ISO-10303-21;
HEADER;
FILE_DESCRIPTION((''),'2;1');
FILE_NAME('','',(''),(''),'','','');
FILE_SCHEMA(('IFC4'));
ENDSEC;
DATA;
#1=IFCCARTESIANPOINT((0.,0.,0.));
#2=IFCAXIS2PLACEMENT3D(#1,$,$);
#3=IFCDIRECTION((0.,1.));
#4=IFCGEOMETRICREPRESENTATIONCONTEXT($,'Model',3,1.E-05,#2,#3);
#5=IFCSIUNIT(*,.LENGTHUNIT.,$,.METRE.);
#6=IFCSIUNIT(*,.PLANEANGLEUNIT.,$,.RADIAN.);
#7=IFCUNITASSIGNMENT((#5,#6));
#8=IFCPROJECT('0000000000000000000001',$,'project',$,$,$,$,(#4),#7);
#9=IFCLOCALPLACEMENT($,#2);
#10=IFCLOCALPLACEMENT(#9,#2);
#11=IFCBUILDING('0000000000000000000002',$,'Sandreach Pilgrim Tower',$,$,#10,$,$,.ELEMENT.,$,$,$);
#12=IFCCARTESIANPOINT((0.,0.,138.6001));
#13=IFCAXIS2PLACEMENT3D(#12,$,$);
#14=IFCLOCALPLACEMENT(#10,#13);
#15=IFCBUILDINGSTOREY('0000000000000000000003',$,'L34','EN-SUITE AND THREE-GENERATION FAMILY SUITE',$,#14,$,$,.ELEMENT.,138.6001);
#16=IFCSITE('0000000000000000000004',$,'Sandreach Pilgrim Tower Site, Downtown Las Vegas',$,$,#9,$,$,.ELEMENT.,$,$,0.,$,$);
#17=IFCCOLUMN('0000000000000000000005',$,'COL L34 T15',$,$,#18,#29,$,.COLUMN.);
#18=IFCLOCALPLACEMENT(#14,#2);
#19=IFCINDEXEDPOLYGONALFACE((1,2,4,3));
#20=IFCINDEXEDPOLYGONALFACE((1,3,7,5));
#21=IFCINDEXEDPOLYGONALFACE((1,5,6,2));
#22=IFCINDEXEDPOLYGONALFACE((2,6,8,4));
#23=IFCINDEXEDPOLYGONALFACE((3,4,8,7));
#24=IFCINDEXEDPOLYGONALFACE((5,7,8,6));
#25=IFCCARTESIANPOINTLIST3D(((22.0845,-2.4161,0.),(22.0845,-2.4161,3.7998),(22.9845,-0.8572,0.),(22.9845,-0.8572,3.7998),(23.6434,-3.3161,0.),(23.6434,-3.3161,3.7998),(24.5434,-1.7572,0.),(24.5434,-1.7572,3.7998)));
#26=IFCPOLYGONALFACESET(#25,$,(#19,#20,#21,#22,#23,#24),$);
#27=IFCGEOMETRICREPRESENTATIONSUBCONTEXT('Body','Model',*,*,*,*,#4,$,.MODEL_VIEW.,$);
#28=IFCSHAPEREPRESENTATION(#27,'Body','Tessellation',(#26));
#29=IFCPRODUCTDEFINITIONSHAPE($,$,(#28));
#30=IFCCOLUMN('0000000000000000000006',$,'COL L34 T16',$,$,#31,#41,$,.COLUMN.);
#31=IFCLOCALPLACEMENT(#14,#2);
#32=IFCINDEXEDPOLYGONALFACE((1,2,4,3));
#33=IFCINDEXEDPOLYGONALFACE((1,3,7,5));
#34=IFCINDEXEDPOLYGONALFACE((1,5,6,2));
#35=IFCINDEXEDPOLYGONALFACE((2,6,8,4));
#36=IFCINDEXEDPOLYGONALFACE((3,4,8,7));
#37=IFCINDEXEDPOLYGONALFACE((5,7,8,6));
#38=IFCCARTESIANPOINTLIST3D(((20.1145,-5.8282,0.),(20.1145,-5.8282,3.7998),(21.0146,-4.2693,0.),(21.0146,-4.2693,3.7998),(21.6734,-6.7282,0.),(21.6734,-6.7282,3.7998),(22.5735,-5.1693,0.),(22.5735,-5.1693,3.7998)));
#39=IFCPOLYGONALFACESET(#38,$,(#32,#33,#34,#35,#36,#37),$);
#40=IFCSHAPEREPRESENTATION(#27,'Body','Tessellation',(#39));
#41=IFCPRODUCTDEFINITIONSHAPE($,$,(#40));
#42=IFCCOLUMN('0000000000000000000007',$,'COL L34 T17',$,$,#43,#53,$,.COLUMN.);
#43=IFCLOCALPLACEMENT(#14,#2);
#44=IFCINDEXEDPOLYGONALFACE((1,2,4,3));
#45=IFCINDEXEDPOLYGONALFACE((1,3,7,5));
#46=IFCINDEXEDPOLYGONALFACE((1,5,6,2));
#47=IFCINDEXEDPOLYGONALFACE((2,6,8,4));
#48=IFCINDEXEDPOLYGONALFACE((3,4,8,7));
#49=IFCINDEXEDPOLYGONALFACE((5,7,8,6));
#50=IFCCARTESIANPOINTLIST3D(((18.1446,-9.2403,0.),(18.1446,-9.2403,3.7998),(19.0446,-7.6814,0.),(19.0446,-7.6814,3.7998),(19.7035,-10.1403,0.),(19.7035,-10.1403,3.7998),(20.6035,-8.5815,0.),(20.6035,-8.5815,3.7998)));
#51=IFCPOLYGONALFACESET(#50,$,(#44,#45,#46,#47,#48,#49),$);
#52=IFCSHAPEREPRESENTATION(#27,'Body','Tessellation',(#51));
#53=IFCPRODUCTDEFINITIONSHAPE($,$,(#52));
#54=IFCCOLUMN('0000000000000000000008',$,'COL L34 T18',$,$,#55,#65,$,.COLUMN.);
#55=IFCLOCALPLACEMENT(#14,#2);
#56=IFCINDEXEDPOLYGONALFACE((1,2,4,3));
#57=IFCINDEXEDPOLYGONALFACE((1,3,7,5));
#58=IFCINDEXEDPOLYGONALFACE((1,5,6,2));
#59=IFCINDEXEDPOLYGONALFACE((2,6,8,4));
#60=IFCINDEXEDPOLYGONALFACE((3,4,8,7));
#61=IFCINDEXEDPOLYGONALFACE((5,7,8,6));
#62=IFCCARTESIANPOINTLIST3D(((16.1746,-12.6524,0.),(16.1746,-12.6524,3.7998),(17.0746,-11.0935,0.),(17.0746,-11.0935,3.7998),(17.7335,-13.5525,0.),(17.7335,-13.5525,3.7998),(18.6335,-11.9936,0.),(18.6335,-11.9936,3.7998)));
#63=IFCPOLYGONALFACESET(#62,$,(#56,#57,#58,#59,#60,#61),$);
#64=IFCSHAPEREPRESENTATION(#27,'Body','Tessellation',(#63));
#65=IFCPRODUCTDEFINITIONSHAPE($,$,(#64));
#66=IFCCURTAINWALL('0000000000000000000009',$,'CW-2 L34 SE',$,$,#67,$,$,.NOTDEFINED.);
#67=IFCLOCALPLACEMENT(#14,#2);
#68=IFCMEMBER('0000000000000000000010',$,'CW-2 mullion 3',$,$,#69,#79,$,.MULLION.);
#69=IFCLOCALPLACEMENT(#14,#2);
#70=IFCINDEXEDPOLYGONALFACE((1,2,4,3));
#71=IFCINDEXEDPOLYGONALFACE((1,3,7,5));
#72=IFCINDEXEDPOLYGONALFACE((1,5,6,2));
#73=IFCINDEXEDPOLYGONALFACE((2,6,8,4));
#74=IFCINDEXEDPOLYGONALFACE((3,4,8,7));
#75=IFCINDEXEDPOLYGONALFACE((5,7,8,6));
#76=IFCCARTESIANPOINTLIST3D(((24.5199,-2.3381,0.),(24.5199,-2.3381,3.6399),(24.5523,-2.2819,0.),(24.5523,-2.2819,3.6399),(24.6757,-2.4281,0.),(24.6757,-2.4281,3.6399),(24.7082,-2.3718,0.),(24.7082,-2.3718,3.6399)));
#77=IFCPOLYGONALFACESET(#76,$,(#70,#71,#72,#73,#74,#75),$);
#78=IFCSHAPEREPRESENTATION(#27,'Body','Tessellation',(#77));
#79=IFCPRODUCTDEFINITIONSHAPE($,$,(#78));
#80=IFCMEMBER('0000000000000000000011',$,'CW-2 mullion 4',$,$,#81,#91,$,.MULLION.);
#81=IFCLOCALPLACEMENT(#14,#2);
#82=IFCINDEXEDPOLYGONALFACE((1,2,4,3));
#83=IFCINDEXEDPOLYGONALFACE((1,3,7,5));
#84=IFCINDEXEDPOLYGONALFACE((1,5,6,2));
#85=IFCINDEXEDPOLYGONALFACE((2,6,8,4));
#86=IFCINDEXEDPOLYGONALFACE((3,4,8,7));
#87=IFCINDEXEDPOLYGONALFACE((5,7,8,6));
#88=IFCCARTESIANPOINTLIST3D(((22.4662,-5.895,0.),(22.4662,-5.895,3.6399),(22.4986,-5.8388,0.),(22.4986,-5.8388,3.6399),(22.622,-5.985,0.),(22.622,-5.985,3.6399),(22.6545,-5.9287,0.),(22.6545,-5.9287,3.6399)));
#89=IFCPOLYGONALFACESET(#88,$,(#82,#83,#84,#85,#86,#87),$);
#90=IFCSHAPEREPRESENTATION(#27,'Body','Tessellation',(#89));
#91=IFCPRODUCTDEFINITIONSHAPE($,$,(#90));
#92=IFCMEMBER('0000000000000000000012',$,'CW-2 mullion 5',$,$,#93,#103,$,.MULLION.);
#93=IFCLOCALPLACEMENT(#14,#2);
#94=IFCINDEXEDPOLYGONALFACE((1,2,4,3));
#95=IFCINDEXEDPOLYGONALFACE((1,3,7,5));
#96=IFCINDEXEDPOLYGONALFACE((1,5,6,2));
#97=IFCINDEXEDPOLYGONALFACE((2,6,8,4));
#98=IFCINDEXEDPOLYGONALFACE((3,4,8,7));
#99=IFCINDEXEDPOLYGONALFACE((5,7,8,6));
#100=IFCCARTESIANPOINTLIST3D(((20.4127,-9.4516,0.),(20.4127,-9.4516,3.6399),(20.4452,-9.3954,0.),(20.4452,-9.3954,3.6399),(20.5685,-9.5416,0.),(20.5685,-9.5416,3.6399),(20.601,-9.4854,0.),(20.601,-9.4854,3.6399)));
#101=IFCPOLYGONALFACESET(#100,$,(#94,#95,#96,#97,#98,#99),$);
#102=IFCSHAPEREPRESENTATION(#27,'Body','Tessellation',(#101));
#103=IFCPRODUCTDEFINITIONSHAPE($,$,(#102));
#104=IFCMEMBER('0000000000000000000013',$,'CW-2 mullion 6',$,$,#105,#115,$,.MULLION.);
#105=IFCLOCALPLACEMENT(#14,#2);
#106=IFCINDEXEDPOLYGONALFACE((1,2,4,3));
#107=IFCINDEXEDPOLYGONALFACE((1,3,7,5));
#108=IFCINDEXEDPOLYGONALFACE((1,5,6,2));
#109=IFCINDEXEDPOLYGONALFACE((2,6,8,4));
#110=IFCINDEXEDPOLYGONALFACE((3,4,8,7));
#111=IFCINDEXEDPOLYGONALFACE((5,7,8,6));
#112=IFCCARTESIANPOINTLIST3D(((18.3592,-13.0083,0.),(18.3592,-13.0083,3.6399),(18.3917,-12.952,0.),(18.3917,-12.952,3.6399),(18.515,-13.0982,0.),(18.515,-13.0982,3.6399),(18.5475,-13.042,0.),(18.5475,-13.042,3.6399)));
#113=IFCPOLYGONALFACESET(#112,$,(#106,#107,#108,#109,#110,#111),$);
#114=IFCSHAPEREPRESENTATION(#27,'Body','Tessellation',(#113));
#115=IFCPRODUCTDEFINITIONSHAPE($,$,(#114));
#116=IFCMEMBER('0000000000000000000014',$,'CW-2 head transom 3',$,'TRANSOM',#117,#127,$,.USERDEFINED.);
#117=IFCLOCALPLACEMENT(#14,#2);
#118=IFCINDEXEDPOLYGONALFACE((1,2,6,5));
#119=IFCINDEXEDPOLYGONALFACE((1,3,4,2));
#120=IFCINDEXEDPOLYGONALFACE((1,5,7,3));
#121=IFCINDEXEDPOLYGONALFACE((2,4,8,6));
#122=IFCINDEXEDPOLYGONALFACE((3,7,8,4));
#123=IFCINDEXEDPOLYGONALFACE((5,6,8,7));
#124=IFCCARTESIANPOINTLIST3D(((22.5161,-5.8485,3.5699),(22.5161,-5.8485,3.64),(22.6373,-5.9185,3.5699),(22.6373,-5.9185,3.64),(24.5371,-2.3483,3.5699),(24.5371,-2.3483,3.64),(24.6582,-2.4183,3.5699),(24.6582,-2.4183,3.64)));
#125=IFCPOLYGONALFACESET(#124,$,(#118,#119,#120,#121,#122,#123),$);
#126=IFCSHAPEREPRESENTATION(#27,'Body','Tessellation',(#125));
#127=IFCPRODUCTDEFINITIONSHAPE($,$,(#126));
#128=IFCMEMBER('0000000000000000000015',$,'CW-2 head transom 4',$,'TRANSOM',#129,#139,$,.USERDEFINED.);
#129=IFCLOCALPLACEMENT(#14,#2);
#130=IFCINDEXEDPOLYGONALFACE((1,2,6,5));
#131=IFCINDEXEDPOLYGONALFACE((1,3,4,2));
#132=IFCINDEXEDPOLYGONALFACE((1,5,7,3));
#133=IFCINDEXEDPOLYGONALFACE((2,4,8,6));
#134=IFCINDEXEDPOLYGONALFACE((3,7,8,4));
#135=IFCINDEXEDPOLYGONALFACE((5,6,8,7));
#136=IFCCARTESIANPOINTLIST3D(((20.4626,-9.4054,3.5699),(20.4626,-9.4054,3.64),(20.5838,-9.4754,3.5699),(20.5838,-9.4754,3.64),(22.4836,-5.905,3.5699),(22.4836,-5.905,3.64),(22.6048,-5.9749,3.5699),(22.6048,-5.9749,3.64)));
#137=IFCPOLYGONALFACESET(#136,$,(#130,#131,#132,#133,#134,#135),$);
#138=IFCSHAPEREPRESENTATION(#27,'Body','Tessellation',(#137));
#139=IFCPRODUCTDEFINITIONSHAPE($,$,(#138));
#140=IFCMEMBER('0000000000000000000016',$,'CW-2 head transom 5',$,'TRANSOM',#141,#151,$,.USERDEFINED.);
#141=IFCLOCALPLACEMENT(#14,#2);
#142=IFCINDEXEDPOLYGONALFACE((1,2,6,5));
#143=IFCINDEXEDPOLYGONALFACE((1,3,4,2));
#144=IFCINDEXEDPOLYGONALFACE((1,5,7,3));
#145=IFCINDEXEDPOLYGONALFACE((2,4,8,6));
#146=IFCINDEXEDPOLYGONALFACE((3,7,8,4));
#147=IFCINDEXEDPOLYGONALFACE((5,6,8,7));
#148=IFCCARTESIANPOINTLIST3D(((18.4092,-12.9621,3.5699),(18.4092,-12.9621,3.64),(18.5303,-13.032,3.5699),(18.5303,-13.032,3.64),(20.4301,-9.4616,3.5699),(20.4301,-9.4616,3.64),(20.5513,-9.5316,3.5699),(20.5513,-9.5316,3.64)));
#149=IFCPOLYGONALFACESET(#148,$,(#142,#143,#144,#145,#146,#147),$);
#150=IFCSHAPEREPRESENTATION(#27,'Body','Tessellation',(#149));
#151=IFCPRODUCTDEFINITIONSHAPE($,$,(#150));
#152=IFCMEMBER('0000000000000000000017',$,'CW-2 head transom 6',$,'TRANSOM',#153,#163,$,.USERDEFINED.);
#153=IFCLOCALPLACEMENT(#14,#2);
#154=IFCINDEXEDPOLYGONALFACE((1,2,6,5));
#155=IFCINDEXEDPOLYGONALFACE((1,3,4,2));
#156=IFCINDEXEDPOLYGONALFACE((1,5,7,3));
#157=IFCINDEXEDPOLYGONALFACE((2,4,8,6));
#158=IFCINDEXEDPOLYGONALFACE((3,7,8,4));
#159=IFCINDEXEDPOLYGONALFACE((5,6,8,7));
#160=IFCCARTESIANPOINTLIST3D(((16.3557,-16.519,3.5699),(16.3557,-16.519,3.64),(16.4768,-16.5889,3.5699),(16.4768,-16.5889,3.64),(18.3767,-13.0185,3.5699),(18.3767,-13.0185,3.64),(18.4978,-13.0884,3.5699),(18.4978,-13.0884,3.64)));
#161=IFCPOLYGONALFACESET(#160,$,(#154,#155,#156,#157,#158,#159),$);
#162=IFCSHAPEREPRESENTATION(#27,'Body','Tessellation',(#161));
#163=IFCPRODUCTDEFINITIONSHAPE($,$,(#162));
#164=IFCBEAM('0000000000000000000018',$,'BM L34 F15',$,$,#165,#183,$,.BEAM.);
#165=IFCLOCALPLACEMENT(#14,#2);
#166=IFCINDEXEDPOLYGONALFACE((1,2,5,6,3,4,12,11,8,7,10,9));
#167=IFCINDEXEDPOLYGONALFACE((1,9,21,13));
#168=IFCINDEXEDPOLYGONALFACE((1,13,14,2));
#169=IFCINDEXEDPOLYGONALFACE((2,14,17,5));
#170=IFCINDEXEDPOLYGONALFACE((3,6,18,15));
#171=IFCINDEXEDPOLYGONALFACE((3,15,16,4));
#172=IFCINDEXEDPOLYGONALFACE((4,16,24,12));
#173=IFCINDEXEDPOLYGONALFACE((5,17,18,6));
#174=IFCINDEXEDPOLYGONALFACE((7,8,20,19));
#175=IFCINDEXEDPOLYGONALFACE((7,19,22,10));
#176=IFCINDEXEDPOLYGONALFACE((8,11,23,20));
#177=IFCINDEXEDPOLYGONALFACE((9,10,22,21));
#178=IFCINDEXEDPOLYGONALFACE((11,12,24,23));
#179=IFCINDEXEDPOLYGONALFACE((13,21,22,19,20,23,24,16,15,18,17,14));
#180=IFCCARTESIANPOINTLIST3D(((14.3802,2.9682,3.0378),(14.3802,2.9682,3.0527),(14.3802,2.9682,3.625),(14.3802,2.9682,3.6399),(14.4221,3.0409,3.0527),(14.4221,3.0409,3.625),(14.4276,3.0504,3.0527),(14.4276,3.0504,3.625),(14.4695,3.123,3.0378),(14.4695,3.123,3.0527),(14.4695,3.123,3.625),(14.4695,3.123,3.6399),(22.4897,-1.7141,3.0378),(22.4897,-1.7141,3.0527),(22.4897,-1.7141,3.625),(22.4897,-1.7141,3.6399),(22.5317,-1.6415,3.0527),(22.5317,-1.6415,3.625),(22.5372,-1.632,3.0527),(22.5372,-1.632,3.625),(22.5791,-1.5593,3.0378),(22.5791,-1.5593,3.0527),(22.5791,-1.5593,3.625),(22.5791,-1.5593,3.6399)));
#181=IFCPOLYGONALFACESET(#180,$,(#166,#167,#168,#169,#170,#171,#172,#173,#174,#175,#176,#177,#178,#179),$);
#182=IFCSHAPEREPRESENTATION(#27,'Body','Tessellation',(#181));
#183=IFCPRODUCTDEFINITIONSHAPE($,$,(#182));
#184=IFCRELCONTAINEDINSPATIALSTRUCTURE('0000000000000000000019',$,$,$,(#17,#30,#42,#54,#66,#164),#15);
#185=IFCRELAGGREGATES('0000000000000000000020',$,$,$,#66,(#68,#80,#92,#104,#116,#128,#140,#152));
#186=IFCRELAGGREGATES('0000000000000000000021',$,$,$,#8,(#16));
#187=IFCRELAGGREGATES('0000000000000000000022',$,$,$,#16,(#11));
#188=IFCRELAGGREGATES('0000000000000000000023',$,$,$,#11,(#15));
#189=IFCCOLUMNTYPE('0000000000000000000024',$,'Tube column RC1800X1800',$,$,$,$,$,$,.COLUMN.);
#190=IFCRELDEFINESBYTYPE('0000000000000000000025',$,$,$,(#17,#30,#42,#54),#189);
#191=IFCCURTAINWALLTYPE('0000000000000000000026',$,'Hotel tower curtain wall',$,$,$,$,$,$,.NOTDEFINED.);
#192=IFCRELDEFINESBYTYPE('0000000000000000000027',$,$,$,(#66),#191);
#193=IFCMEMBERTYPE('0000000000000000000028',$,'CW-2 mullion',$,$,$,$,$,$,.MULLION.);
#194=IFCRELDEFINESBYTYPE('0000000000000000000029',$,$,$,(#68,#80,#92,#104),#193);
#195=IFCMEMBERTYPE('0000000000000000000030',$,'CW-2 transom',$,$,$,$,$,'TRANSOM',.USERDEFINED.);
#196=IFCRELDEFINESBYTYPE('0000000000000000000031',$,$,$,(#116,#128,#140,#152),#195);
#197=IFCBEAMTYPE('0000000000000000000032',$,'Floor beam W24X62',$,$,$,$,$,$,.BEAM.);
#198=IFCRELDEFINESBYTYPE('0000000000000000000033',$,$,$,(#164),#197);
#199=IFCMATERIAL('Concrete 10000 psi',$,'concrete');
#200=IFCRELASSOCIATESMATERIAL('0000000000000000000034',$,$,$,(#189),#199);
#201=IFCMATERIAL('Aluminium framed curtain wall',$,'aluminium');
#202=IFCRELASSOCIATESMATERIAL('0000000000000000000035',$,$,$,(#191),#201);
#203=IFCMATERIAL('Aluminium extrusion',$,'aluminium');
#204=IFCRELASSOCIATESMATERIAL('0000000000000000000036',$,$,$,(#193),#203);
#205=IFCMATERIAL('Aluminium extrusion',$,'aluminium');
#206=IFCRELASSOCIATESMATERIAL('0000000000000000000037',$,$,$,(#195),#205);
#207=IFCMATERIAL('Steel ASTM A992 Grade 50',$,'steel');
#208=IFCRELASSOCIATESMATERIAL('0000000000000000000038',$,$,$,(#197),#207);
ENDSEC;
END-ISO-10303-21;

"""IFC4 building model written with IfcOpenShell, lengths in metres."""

from ifc_helpers import new_model, si_unit, direction, frame, origin, origin_2d, place, context, subcontext, project, spatial, rectangle, i_section, extrude, material, material_profile, profile_set, type_object, element, aggregate, save


model = new_model("IFC4")

# Units and contexts
model_context = context("Model", 3, precision=1e-05, world=origin(), true_north=direction((0.0, 1.0)))
body_context = subcontext(model_context, "Body", "Model", "MODEL_VIEW")
ifc_project = project(units=[si_unit("LENGTHUNIT", "METRE"), si_unit("PLANEANGLEUNIT", "RADIAN")], contexts=[model_context])

# Site, building, storey
site_placement = place(None, origin())
site = spatial("IfcSite", under=ifc_project, at=site_placement, Name="Sandreach Pilgrim Tower Site, Downtown Las Vegas", CompositionType="ELEMENT", RefElevation=0.0)
building_placement = place(site_placement, origin())
building = spatial("IfcBuilding", under=site, at=building_placement, Name="Sandreach Pilgrim Tower", CompositionType="ELEMENT")
storey_placement = place(building_placement, frame((0.0, 0.0, 138.6001)))
storey = spatial("IfcBuildingStorey", under=building, at=storey_placement, Name="L34", Description="EN-SUITE AND THREE-GENERATION FAMILY SUITE", CompositionType="ELEMENT", Elevation=138.6001)

# Columns
ifc_material_1 = material(Name="Concrete 10000 psi", Category="concrete")
ifc_material_profile_1 = material_profile(ifc_material_1, rectangle(XDim=1.8, YDim=1.8, at=origin_2d()), Name="RC1800X1800")
ifc_profile_set_1 = profile_set([ifc_material_profile_1], Name="Concrete 10000 psi")
column_type = type_object("IfcColumnType", Name="Tube column RC1800X1800", PredefinedType="COLUMN", material=ifc_profile_set_1)
for number, where, z_axis, x_axis, name in (
    (1, (23.314, -2.0867, 0.0), (0.0, 0.0, 1.0), (0.866025, -0.5, 0.0), "COL L34 T15"),
    (2, (21.344, -5.4988, 0.0), (0.0, 0.0, 1.0), (0.866025, -0.5, 0.0), "COL L34 T16"),
    (3, (19.374, -8.9109, 0.0), (0.0, 0.0, 1.0), (0.866025, -0.5, 0.0), "COL L34 T17"),
    (4, (17.4041, -12.323, 0.0), (0.0, 0.0, 1.0), (0.866025, -0.5, 0.0), "COL L34 T18"),
):
    element("IfcColumn", number, at=place(storey_placement, frame(where, z_axis=z_axis, x_axis=x_axis)), inside=storey, type_object=column_type, Name=name, PredefinedType="COLUMN", context=body_context, shape_type="SweptSolid", body=[
        extrude(rectangle(XDim=1.8, YDim=1.8, at=origin_2d()), origin(), (0.0, 0.0, 1.0), 3.7998),
    ])

# Curtain wall, members
ifc_material_2 = material(Name="Aluminium framed curtain wall", Category="aluminium")
curtain_wall_type = type_object("IfcCurtainWallType", Name="Hotel tower curtain wall", PredefinedType="NOTDEFINED", material=ifc_material_2)
curtain_wall_placement = place(storey_placement, origin())
curtain_wall = element("IfcCurtainWall", 5, at=curtain_wall_placement, inside=storey, type_object=curtain_wall_type, Name="CW-2 L34 SE", PredefinedType="NOTDEFINED")
ifc_material_3 = material(Name="Aluminium extrusion", Category="aluminium")
ifc_material_profile_2 = material_profile(ifc_material_3, rectangle(XDim=0.0649, YDim=0.1799, at=origin_2d()), Name="CW-2M 65X180")
ifc_profile_set_2 = profile_set([ifc_material_profile_2], Name="Aluminium extrusion")
member_type_1 = type_object("IfcMemberType", Name="CW-2 mullion", PredefinedType="MULLION", material=ifc_profile_set_2)
member_1_placement = place(storey_placement, frame((24.614, -2.355, 0.0), z_axis=(0.0, 0.0, 1.0), x_axis=(-0.5, -0.866025, 0.0)))
member_1 = element("IfcMember", 6, at=member_1_placement, type_object=member_type_1, Name="CW-2 mullion 3", PredefinedType="MULLION", context=body_context, shape_type="SweptSolid", body=[
    extrude(rectangle(XDim=0.0649, YDim=0.1799, at=origin_2d()), origin(), (0.0, 0.0, 1.0), 3.6399),
])
member_2_placement = place(storey_placement, frame((22.5603, -5.9119, 0.0), z_axis=(0.0, 0.0, 1.0), x_axis=(-0.5, -0.866025, 0.0)))
member_2 = element("IfcMember", 7, at=member_2_placement, type_object=member_type_1, Name="CW-2 mullion 4", PredefinedType="MULLION", context=body_context, shape_type="SweptSolid", body=[
    extrude(rectangle(XDim=0.0649, YDim=0.1799, at=origin_2d()), origin(), (0.0, 0.0, 1.0), 3.6399),
])
member_3_placement = place(storey_placement, frame((20.5068, -9.4685, 0.0), z_axis=(0.0, 0.0, 1.0), x_axis=(-0.5, -0.866025, 0.0)))
member_3 = element("IfcMember", 8, at=member_3_placement, type_object=member_type_1, Name="CW-2 mullion 5", PredefinedType="MULLION", context=body_context, shape_type="SweptSolid", body=[
    extrude(rectangle(XDim=0.0649, YDim=0.1799, at=origin_2d()), origin(), (0.0, 0.0, 1.0), 3.6399),
])
member_4_placement = place(storey_placement, frame((18.4534, -13.0251, 0.0), z_axis=(0.0, 0.0, 1.0), x_axis=(-0.5, -0.866025, 0.0)))
member_4 = element("IfcMember", 9, at=member_4_placement, type_object=member_type_1, Name="CW-2 mullion 6", PredefinedType="MULLION", context=body_context, shape_type="SweptSolid", body=[
    extrude(rectangle(XDim=0.0649, YDim=0.1799, at=origin_2d()), origin(), (0.0, 0.0, 1.0), 3.6399),
])
ifc_material_4 = material(Name="Aluminium extrusion", Category="aluminium")
ifc_material_profile_3 = material_profile(ifc_material_4, rectangle(XDim=0.1399, YDim=0.0701, at=origin_2d()), Name="CW-2T 140X70")
ifc_profile_set_3 = profile_set([ifc_material_profile_3], Name="Aluminium extrusion")
member_type_2 = type_object("IfcMemberType", Name="CW-2 transom", ElementType="TRANSOM", PredefinedType="USERDEFINED", material=ifc_profile_set_3)
member_5_placement = place(storey_placement, frame((24.5977, -2.3833, 3.605), z_axis=(-0.500024, -0.866012, 0.0), x_axis=(0.866012, -0.500024, 0.0)))
member_5 = element("IfcMember", 10, at=member_5_placement, type_object=member_type_2, Name="CW-2 head transom 3", ObjectType="TRANSOM", PredefinedType="USERDEFINED", context=body_context, shape_type="SweptSolid", body=[
    extrude(rectangle(XDim=0.1399, YDim=0.0701, at=origin_2d()), origin(), (0.0, 0.0, 1.0), 4.0417),
])
member_6_placement = place(storey_placement, frame((22.5442, -5.9399, 3.605), z_axis=(-0.499998, -0.866027, 0.0), x_axis=(0.866027, -0.499998, 0.0)))
member_6 = element("IfcMember", 11, at=member_6_placement, type_object=member_type_2, Name="CW-2 head transom 4", ObjectType="TRANSOM", PredefinedType="USERDEFINED", context=body_context, shape_type="SweptSolid", body=[
    extrude(rectangle(XDim=0.1399, YDim=0.0701, at=origin_2d()), origin(), (0.0, 0.0, 1.0), 4.042),
])
member_7_placement = place(storey_placement, frame((20.4907, -9.4966, 3.605), z_axis=(-0.499998, -0.866027, 0.0), x_axis=(0.866027, -0.499998, 0.0)))
member_7 = element("IfcMember", 12, at=member_7_placement, type_object=member_type_2, Name="CW-2 head transom 5", ObjectType="TRANSOM", PredefinedType="USERDEFINED", context=body_context, shape_type="SweptSolid", body=[
    extrude(rectangle(XDim=0.1399, YDim=0.0701, at=origin_2d()), origin(), (0.0, 0.0, 1.0), 4.042),
])
member_8_placement = place(storey_placement, frame((18.4373, -13.0535, 3.605), z_axis=(-0.499998, -0.866027, 0.0), x_axis=(0.866027, -0.499998, 0.0)))
member_8 = element("IfcMember", 13, at=member_8_placement, type_object=member_type_2, Name="CW-2 head transom 6", ObjectType="TRANSOM", PredefinedType="USERDEFINED", context=body_context, shape_type="SweptSolid", body=[
    extrude(rectangle(XDim=0.1399, YDim=0.0701, at=origin_2d()), origin(), (0.0, 0.0, 1.0), 4.042),
])

# Beam
ifc_material_5 = material(Name="Steel ASTM A992 Grade 50", Category="steel")
ifc_material_profile_4 = material_profile(ifc_material_5, i_section(OverallWidth=0.1787, OverallDepth=0.6021, WebThickness=0.011, FlangeThickness=0.0149, at=origin_2d()), Name="W24X62")
ifc_profile_set_4 = profile_set([ifc_material_profile_4], Name="Steel ASTM A992 Grade 50")
beam_type_1 = type_object("IfcBeamType", Name="Floor beam W24X62", PredefinedType="BEAM", material=ifc_profile_set_4)
beam_1_placement = place(storey_placement, frame((22.5344, -1.6367, 3.3389), z_axis=(-0.866012, 0.500023, 0.0), x_axis=(-0.500023, -0.866012, 0.0)))
element("IfcBeam", 14, at=beam_1_placement, inside=storey, type_object=beam_type_1, Name="BM L34 F15", PredefinedType="BEAM", context=body_context, shape_type="SweptSolid", body=[
    extrude(i_section(OverallWidth=0.1787, OverallDepth=0.6021, WebThickness=0.011, FlangeThickness=0.0149, at=origin_2d()), origin(), (0.0, 0.0, 1.0), 9.3643),
])

aggregate(curtain_wall, [member_1, member_2, member_3, member_4, member_5, member_6, member_7, member_8])

save(model, "model.ifc")
